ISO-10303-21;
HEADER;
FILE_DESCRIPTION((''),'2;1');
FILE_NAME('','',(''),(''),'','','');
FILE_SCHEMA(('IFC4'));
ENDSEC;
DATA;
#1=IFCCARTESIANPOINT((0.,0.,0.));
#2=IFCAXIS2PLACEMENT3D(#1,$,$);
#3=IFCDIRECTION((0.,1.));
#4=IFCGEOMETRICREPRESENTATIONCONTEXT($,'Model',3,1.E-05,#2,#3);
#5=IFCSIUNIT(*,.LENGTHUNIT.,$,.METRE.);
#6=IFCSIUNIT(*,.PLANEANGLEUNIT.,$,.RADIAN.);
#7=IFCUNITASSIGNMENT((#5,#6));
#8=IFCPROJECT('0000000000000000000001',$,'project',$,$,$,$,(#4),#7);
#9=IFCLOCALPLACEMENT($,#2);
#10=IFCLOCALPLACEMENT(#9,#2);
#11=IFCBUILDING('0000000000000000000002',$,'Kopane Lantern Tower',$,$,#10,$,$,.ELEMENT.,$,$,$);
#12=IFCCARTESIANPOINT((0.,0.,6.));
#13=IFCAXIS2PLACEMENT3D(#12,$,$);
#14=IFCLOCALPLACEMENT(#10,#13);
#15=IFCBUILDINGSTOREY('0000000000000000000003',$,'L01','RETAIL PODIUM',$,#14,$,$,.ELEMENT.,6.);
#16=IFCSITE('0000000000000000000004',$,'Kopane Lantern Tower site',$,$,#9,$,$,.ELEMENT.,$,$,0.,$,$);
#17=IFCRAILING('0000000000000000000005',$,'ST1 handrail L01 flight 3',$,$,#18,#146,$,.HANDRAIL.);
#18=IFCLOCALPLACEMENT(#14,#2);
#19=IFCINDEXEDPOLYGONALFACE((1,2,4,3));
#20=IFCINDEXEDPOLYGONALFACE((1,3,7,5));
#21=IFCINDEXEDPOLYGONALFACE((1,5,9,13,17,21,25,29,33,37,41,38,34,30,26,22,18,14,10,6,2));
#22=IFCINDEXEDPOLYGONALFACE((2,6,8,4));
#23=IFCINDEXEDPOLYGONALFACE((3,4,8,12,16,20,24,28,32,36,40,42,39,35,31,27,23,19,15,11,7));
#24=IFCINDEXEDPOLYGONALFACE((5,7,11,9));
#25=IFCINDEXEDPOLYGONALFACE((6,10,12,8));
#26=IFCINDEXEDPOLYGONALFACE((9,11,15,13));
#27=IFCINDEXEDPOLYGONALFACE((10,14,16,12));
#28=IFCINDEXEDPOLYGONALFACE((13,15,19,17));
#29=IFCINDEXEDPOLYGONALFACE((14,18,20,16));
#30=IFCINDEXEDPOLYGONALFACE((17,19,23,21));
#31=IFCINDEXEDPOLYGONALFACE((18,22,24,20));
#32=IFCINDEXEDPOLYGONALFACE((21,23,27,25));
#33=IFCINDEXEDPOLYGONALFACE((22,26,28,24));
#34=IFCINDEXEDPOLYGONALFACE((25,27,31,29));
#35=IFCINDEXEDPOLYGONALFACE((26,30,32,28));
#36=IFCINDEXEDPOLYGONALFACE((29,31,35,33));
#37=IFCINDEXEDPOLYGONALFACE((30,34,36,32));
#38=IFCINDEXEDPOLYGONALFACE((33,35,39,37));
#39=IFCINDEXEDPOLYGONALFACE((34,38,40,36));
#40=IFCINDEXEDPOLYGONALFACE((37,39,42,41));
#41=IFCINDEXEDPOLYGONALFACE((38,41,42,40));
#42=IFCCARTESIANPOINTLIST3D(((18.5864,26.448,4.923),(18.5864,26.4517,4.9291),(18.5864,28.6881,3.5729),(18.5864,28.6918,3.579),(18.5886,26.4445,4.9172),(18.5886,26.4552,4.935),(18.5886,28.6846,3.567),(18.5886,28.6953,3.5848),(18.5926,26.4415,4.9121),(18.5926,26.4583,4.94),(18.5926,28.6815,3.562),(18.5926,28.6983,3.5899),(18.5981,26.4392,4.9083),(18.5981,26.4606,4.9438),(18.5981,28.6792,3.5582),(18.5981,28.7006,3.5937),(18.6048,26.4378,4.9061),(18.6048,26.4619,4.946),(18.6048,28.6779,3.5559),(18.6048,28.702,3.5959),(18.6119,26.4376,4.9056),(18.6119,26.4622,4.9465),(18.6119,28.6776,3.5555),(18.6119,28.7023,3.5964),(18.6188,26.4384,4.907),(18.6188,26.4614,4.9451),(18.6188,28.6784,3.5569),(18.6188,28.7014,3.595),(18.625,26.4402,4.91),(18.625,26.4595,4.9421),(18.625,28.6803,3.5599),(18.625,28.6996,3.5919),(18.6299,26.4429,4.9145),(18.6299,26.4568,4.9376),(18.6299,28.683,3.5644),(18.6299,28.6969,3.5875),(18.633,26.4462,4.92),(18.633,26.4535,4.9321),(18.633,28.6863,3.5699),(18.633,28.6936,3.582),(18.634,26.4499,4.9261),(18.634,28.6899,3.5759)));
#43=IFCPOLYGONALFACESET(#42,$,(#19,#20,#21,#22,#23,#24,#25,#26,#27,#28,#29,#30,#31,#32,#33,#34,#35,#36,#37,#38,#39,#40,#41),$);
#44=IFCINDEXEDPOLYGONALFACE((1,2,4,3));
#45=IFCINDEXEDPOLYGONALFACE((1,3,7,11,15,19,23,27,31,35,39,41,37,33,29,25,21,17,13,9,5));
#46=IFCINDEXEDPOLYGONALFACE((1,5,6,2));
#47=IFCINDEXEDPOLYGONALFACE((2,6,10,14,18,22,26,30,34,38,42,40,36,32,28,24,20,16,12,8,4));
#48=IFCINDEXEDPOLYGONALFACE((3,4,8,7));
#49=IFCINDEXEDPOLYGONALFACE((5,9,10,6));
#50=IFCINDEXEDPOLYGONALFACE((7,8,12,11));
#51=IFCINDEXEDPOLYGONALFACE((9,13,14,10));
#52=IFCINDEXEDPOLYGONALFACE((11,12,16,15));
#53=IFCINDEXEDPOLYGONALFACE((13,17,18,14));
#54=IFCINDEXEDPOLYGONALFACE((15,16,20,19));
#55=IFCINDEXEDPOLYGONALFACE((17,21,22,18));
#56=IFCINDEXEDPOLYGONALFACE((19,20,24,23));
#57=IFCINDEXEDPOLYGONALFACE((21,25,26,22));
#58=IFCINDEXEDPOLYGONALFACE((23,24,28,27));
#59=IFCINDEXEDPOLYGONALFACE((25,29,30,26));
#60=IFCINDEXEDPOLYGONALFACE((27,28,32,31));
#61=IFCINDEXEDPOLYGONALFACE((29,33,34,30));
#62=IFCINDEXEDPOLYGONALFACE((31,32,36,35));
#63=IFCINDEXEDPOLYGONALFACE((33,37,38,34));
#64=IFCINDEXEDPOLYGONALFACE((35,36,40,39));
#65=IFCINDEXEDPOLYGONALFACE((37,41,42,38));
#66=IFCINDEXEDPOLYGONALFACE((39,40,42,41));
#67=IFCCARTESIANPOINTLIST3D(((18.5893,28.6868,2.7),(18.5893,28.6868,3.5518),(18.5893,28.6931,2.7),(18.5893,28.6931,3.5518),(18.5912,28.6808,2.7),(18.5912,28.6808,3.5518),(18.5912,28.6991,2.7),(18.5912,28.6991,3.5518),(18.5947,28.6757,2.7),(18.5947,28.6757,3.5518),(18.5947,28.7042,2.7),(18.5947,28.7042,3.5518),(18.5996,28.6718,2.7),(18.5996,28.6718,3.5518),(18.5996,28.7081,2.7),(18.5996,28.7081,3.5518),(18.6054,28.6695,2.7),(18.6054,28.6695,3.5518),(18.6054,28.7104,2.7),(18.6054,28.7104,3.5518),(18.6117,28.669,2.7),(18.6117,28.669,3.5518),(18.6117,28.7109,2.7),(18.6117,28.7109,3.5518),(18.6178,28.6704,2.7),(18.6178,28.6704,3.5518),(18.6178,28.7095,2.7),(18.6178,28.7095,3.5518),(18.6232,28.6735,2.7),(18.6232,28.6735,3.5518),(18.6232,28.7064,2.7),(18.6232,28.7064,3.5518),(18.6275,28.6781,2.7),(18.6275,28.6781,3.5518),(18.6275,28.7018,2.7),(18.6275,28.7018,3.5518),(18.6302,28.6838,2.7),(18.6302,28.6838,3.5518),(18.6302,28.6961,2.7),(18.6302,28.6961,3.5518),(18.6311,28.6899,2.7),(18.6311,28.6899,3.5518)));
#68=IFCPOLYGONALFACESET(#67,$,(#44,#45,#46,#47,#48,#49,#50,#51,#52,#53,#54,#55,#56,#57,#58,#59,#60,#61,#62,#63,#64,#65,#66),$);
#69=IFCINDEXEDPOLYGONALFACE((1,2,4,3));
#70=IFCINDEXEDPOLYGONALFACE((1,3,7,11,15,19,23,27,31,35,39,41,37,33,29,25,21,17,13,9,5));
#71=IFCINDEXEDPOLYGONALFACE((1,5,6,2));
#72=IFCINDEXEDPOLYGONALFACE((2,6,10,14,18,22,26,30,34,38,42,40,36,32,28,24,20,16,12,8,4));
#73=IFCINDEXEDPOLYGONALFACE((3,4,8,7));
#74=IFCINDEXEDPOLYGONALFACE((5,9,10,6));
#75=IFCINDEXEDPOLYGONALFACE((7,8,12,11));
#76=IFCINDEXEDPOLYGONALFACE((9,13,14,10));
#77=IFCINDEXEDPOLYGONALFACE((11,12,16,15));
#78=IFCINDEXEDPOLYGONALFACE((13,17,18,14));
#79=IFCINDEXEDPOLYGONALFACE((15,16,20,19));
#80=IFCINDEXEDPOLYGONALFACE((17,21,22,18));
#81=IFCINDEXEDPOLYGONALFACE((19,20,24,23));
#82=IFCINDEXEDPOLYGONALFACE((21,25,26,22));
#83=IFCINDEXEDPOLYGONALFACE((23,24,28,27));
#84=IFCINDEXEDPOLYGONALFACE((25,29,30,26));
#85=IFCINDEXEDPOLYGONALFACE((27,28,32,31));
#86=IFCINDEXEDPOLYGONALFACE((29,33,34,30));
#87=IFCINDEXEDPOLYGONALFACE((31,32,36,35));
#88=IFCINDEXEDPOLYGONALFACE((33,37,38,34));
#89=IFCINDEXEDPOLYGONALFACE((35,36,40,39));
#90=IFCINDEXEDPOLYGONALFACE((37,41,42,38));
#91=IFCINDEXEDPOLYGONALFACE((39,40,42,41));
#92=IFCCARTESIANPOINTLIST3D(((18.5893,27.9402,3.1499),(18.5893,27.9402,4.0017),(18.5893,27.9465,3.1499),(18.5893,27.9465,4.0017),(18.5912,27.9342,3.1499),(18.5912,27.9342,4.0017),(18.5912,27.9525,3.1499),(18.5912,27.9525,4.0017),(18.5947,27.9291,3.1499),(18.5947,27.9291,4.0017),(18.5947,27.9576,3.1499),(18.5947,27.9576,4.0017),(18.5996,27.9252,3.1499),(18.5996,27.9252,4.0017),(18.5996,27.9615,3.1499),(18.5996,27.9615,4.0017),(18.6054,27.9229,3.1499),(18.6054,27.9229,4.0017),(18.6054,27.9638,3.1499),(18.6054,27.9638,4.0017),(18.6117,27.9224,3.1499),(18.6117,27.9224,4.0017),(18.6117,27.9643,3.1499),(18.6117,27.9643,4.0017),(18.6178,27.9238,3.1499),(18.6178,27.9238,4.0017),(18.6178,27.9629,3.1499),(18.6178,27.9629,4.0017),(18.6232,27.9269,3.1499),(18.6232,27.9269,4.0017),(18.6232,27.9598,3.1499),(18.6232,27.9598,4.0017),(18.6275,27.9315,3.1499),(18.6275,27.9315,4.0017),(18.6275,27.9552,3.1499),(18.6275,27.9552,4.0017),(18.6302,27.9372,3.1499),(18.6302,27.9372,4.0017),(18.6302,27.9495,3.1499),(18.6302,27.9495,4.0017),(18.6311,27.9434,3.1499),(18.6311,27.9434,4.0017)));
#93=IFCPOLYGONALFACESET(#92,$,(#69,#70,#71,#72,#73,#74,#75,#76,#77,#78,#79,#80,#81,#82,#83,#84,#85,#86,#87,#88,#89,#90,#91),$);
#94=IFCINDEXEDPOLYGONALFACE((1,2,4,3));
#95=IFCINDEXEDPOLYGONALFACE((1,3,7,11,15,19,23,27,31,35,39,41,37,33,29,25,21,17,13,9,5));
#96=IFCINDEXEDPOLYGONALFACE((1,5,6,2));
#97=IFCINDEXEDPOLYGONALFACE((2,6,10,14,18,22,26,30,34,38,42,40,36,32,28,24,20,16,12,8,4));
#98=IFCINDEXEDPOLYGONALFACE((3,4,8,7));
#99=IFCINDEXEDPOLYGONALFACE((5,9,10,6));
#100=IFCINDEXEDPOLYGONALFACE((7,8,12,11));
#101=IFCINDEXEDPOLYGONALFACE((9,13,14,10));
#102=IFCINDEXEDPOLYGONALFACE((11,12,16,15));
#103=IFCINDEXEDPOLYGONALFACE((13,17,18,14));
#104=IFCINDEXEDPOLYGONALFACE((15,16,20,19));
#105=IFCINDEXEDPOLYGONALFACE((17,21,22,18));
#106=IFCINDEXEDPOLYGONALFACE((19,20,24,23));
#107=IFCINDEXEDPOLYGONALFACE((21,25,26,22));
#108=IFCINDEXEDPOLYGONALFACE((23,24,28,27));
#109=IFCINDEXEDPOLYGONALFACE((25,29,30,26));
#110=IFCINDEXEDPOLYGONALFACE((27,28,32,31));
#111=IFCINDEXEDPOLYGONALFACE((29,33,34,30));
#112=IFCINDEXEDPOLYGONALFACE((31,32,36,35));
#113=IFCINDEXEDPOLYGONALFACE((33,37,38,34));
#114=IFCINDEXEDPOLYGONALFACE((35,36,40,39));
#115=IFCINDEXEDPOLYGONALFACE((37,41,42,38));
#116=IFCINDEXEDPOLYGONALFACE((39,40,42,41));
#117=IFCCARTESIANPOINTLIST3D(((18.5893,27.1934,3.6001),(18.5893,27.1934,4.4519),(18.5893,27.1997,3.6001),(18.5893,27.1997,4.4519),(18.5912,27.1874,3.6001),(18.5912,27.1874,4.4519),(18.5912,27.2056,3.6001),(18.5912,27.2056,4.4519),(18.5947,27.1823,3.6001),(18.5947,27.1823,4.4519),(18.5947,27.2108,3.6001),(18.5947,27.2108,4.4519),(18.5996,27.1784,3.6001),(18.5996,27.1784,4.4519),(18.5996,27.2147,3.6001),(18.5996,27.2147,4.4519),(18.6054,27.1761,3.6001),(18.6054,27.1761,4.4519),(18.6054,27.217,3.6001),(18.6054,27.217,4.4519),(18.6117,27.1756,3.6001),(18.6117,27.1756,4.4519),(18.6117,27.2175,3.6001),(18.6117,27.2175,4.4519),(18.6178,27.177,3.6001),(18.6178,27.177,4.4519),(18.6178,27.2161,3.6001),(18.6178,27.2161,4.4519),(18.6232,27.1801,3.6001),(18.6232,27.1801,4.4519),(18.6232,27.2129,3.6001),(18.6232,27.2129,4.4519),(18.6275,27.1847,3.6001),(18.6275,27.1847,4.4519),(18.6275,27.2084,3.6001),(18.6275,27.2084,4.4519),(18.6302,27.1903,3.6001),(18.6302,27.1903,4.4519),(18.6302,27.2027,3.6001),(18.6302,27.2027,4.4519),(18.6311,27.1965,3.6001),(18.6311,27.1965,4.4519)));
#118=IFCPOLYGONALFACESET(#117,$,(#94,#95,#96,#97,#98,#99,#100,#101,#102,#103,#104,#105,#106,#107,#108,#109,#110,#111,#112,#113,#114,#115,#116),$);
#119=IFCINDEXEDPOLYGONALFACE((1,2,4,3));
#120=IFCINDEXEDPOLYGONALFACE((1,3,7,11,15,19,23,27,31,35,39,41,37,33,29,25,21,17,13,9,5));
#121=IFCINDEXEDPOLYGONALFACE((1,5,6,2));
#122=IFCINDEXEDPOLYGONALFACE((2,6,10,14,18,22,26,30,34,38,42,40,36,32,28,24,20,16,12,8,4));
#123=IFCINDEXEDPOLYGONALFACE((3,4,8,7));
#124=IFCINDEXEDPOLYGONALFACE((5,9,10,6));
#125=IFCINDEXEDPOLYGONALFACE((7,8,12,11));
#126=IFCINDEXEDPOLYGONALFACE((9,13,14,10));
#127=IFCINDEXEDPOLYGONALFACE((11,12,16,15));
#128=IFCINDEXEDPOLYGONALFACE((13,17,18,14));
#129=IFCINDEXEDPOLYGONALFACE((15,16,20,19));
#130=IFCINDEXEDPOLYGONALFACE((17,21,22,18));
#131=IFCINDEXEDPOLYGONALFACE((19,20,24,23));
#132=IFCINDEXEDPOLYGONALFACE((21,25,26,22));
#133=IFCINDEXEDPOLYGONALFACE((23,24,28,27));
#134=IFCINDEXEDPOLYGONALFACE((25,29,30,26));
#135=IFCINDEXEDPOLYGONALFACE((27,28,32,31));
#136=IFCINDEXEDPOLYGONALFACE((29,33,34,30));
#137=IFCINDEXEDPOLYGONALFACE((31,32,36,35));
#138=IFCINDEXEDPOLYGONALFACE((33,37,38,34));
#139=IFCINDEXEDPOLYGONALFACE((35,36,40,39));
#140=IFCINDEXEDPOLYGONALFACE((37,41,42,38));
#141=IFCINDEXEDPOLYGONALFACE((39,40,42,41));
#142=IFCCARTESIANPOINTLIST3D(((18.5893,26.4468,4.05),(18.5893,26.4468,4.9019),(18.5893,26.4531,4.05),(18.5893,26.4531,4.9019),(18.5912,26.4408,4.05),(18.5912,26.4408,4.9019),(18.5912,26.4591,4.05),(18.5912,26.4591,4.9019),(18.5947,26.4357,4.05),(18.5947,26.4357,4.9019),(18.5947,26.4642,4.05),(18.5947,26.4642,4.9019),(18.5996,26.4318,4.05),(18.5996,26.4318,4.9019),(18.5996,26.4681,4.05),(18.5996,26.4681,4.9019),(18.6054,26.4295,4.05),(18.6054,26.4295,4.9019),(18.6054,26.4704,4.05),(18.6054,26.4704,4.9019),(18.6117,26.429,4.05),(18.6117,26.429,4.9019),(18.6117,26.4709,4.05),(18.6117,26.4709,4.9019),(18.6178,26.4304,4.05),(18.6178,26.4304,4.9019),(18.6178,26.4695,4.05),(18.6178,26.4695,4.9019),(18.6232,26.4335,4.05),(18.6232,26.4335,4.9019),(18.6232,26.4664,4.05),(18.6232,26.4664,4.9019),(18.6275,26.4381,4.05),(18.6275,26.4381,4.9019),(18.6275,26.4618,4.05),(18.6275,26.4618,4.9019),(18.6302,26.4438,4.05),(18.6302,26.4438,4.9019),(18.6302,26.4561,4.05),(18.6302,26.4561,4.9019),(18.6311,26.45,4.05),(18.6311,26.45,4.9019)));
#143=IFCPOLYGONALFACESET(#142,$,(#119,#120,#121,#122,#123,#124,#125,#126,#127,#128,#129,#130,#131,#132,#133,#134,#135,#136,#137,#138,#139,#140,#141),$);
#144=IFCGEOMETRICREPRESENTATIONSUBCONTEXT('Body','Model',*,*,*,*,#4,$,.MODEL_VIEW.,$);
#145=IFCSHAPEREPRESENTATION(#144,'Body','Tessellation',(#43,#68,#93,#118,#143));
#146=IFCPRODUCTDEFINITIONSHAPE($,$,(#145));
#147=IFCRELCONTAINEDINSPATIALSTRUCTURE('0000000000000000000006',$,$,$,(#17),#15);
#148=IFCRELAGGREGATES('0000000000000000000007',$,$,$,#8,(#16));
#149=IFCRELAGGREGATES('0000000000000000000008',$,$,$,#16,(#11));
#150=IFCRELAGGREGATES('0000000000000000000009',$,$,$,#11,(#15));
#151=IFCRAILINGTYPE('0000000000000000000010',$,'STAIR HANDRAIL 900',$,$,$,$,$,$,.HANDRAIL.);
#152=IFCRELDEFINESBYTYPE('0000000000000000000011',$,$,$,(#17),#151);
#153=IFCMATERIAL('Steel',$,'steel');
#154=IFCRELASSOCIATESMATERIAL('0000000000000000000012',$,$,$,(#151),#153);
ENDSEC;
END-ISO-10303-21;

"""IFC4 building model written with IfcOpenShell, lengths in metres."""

from ifc_helpers import new_model, si_unit, direction, frame, origin, origin_2d, place, context, subcontext, project, spatial, circle, extrude, material, type_object, element, save


model = new_model("IFC4")

# Units and contexts
model_context = context("Model", 3, precision=1e-05, world=origin(), true_north=direction((0.0, 1.0)))
body_context = subcontext(model_context, "Body", "Model", "MODEL_VIEW")
ifc_project = project(units=[si_unit("LENGTHUNIT", "METRE"), si_unit("PLANEANGLEUNIT", "RADIAN")], contexts=[model_context])

# Site, building, storey
site_placement = place(None, origin())
site = spatial("IfcSite", under=ifc_project, at=site_placement, Name="Kopane Lantern Tower site", CompositionType="ELEMENT", RefElevation=0.0)
building_placement = place(site_placement, origin())
building = spatial("IfcBuilding", under=site, at=building_placement, Name="Kopane Lantern Tower", CompositionType="ELEMENT")
storey_placement = place(building_placement, frame((0.0, 0.0, 6.0)))
storey = spatial("IfcBuildingStorey", under=building, at=storey_placement, Name="L01", Description="RETAIL PODIUM", CompositionType="ELEMENT", Elevation=6.0)

# Railing
ifc_material_1 = material(Name="Steel", Category="steel")
railing_type_1 = type_object("IfcRailingType", Name="STAIR HANDRAIL 900", PredefinedType="HANDRAIL", material=ifc_material_1)
for number, where, name in (
    (1, (18.6101, 28.6899, 2.7), "ST1 handrail L01 flight 3"),
):
    element("IfcRailing", number, at=place(storey_placement, frame(where)), inside=storey, type_object=railing_type_1, Name=name, PredefinedType="HANDRAIL", context=body_context, shape_type="SweptSolid", body=[
        extrude(circle(Radius=0.0239, at=origin_2d()), frame((0.0, 0.0, 0.876), z_axis=(0.0, -0.856462, 0.516211), x_axis=(1.0, 0.0, 0.0)), (0.0, 0.0, 1.0), 2.6155),
        extrude(circle(Radius=0.021, at=origin_2d()), origin(), (0.0, 0.0, 1.0), 0.8518),
        extrude(circle(Radius=0.021, at=origin_2d()), frame((0.0, -0.7466, 0.45)), (0.0, 0.0, 1.0), 0.8518),
        extrude(circle(Radius=0.021, at=origin_2d()), frame((0.0, -1.4934, 0.9001)), (0.0, 0.0, 1.0), 0.8518),
        extrude(circle(Radius=0.021, at=origin_2d()), frame((0.0, -2.24, 1.3501)), (0.0, 0.0, 1.0), 0.8518),
    ])

save(model, "model.ifc")
